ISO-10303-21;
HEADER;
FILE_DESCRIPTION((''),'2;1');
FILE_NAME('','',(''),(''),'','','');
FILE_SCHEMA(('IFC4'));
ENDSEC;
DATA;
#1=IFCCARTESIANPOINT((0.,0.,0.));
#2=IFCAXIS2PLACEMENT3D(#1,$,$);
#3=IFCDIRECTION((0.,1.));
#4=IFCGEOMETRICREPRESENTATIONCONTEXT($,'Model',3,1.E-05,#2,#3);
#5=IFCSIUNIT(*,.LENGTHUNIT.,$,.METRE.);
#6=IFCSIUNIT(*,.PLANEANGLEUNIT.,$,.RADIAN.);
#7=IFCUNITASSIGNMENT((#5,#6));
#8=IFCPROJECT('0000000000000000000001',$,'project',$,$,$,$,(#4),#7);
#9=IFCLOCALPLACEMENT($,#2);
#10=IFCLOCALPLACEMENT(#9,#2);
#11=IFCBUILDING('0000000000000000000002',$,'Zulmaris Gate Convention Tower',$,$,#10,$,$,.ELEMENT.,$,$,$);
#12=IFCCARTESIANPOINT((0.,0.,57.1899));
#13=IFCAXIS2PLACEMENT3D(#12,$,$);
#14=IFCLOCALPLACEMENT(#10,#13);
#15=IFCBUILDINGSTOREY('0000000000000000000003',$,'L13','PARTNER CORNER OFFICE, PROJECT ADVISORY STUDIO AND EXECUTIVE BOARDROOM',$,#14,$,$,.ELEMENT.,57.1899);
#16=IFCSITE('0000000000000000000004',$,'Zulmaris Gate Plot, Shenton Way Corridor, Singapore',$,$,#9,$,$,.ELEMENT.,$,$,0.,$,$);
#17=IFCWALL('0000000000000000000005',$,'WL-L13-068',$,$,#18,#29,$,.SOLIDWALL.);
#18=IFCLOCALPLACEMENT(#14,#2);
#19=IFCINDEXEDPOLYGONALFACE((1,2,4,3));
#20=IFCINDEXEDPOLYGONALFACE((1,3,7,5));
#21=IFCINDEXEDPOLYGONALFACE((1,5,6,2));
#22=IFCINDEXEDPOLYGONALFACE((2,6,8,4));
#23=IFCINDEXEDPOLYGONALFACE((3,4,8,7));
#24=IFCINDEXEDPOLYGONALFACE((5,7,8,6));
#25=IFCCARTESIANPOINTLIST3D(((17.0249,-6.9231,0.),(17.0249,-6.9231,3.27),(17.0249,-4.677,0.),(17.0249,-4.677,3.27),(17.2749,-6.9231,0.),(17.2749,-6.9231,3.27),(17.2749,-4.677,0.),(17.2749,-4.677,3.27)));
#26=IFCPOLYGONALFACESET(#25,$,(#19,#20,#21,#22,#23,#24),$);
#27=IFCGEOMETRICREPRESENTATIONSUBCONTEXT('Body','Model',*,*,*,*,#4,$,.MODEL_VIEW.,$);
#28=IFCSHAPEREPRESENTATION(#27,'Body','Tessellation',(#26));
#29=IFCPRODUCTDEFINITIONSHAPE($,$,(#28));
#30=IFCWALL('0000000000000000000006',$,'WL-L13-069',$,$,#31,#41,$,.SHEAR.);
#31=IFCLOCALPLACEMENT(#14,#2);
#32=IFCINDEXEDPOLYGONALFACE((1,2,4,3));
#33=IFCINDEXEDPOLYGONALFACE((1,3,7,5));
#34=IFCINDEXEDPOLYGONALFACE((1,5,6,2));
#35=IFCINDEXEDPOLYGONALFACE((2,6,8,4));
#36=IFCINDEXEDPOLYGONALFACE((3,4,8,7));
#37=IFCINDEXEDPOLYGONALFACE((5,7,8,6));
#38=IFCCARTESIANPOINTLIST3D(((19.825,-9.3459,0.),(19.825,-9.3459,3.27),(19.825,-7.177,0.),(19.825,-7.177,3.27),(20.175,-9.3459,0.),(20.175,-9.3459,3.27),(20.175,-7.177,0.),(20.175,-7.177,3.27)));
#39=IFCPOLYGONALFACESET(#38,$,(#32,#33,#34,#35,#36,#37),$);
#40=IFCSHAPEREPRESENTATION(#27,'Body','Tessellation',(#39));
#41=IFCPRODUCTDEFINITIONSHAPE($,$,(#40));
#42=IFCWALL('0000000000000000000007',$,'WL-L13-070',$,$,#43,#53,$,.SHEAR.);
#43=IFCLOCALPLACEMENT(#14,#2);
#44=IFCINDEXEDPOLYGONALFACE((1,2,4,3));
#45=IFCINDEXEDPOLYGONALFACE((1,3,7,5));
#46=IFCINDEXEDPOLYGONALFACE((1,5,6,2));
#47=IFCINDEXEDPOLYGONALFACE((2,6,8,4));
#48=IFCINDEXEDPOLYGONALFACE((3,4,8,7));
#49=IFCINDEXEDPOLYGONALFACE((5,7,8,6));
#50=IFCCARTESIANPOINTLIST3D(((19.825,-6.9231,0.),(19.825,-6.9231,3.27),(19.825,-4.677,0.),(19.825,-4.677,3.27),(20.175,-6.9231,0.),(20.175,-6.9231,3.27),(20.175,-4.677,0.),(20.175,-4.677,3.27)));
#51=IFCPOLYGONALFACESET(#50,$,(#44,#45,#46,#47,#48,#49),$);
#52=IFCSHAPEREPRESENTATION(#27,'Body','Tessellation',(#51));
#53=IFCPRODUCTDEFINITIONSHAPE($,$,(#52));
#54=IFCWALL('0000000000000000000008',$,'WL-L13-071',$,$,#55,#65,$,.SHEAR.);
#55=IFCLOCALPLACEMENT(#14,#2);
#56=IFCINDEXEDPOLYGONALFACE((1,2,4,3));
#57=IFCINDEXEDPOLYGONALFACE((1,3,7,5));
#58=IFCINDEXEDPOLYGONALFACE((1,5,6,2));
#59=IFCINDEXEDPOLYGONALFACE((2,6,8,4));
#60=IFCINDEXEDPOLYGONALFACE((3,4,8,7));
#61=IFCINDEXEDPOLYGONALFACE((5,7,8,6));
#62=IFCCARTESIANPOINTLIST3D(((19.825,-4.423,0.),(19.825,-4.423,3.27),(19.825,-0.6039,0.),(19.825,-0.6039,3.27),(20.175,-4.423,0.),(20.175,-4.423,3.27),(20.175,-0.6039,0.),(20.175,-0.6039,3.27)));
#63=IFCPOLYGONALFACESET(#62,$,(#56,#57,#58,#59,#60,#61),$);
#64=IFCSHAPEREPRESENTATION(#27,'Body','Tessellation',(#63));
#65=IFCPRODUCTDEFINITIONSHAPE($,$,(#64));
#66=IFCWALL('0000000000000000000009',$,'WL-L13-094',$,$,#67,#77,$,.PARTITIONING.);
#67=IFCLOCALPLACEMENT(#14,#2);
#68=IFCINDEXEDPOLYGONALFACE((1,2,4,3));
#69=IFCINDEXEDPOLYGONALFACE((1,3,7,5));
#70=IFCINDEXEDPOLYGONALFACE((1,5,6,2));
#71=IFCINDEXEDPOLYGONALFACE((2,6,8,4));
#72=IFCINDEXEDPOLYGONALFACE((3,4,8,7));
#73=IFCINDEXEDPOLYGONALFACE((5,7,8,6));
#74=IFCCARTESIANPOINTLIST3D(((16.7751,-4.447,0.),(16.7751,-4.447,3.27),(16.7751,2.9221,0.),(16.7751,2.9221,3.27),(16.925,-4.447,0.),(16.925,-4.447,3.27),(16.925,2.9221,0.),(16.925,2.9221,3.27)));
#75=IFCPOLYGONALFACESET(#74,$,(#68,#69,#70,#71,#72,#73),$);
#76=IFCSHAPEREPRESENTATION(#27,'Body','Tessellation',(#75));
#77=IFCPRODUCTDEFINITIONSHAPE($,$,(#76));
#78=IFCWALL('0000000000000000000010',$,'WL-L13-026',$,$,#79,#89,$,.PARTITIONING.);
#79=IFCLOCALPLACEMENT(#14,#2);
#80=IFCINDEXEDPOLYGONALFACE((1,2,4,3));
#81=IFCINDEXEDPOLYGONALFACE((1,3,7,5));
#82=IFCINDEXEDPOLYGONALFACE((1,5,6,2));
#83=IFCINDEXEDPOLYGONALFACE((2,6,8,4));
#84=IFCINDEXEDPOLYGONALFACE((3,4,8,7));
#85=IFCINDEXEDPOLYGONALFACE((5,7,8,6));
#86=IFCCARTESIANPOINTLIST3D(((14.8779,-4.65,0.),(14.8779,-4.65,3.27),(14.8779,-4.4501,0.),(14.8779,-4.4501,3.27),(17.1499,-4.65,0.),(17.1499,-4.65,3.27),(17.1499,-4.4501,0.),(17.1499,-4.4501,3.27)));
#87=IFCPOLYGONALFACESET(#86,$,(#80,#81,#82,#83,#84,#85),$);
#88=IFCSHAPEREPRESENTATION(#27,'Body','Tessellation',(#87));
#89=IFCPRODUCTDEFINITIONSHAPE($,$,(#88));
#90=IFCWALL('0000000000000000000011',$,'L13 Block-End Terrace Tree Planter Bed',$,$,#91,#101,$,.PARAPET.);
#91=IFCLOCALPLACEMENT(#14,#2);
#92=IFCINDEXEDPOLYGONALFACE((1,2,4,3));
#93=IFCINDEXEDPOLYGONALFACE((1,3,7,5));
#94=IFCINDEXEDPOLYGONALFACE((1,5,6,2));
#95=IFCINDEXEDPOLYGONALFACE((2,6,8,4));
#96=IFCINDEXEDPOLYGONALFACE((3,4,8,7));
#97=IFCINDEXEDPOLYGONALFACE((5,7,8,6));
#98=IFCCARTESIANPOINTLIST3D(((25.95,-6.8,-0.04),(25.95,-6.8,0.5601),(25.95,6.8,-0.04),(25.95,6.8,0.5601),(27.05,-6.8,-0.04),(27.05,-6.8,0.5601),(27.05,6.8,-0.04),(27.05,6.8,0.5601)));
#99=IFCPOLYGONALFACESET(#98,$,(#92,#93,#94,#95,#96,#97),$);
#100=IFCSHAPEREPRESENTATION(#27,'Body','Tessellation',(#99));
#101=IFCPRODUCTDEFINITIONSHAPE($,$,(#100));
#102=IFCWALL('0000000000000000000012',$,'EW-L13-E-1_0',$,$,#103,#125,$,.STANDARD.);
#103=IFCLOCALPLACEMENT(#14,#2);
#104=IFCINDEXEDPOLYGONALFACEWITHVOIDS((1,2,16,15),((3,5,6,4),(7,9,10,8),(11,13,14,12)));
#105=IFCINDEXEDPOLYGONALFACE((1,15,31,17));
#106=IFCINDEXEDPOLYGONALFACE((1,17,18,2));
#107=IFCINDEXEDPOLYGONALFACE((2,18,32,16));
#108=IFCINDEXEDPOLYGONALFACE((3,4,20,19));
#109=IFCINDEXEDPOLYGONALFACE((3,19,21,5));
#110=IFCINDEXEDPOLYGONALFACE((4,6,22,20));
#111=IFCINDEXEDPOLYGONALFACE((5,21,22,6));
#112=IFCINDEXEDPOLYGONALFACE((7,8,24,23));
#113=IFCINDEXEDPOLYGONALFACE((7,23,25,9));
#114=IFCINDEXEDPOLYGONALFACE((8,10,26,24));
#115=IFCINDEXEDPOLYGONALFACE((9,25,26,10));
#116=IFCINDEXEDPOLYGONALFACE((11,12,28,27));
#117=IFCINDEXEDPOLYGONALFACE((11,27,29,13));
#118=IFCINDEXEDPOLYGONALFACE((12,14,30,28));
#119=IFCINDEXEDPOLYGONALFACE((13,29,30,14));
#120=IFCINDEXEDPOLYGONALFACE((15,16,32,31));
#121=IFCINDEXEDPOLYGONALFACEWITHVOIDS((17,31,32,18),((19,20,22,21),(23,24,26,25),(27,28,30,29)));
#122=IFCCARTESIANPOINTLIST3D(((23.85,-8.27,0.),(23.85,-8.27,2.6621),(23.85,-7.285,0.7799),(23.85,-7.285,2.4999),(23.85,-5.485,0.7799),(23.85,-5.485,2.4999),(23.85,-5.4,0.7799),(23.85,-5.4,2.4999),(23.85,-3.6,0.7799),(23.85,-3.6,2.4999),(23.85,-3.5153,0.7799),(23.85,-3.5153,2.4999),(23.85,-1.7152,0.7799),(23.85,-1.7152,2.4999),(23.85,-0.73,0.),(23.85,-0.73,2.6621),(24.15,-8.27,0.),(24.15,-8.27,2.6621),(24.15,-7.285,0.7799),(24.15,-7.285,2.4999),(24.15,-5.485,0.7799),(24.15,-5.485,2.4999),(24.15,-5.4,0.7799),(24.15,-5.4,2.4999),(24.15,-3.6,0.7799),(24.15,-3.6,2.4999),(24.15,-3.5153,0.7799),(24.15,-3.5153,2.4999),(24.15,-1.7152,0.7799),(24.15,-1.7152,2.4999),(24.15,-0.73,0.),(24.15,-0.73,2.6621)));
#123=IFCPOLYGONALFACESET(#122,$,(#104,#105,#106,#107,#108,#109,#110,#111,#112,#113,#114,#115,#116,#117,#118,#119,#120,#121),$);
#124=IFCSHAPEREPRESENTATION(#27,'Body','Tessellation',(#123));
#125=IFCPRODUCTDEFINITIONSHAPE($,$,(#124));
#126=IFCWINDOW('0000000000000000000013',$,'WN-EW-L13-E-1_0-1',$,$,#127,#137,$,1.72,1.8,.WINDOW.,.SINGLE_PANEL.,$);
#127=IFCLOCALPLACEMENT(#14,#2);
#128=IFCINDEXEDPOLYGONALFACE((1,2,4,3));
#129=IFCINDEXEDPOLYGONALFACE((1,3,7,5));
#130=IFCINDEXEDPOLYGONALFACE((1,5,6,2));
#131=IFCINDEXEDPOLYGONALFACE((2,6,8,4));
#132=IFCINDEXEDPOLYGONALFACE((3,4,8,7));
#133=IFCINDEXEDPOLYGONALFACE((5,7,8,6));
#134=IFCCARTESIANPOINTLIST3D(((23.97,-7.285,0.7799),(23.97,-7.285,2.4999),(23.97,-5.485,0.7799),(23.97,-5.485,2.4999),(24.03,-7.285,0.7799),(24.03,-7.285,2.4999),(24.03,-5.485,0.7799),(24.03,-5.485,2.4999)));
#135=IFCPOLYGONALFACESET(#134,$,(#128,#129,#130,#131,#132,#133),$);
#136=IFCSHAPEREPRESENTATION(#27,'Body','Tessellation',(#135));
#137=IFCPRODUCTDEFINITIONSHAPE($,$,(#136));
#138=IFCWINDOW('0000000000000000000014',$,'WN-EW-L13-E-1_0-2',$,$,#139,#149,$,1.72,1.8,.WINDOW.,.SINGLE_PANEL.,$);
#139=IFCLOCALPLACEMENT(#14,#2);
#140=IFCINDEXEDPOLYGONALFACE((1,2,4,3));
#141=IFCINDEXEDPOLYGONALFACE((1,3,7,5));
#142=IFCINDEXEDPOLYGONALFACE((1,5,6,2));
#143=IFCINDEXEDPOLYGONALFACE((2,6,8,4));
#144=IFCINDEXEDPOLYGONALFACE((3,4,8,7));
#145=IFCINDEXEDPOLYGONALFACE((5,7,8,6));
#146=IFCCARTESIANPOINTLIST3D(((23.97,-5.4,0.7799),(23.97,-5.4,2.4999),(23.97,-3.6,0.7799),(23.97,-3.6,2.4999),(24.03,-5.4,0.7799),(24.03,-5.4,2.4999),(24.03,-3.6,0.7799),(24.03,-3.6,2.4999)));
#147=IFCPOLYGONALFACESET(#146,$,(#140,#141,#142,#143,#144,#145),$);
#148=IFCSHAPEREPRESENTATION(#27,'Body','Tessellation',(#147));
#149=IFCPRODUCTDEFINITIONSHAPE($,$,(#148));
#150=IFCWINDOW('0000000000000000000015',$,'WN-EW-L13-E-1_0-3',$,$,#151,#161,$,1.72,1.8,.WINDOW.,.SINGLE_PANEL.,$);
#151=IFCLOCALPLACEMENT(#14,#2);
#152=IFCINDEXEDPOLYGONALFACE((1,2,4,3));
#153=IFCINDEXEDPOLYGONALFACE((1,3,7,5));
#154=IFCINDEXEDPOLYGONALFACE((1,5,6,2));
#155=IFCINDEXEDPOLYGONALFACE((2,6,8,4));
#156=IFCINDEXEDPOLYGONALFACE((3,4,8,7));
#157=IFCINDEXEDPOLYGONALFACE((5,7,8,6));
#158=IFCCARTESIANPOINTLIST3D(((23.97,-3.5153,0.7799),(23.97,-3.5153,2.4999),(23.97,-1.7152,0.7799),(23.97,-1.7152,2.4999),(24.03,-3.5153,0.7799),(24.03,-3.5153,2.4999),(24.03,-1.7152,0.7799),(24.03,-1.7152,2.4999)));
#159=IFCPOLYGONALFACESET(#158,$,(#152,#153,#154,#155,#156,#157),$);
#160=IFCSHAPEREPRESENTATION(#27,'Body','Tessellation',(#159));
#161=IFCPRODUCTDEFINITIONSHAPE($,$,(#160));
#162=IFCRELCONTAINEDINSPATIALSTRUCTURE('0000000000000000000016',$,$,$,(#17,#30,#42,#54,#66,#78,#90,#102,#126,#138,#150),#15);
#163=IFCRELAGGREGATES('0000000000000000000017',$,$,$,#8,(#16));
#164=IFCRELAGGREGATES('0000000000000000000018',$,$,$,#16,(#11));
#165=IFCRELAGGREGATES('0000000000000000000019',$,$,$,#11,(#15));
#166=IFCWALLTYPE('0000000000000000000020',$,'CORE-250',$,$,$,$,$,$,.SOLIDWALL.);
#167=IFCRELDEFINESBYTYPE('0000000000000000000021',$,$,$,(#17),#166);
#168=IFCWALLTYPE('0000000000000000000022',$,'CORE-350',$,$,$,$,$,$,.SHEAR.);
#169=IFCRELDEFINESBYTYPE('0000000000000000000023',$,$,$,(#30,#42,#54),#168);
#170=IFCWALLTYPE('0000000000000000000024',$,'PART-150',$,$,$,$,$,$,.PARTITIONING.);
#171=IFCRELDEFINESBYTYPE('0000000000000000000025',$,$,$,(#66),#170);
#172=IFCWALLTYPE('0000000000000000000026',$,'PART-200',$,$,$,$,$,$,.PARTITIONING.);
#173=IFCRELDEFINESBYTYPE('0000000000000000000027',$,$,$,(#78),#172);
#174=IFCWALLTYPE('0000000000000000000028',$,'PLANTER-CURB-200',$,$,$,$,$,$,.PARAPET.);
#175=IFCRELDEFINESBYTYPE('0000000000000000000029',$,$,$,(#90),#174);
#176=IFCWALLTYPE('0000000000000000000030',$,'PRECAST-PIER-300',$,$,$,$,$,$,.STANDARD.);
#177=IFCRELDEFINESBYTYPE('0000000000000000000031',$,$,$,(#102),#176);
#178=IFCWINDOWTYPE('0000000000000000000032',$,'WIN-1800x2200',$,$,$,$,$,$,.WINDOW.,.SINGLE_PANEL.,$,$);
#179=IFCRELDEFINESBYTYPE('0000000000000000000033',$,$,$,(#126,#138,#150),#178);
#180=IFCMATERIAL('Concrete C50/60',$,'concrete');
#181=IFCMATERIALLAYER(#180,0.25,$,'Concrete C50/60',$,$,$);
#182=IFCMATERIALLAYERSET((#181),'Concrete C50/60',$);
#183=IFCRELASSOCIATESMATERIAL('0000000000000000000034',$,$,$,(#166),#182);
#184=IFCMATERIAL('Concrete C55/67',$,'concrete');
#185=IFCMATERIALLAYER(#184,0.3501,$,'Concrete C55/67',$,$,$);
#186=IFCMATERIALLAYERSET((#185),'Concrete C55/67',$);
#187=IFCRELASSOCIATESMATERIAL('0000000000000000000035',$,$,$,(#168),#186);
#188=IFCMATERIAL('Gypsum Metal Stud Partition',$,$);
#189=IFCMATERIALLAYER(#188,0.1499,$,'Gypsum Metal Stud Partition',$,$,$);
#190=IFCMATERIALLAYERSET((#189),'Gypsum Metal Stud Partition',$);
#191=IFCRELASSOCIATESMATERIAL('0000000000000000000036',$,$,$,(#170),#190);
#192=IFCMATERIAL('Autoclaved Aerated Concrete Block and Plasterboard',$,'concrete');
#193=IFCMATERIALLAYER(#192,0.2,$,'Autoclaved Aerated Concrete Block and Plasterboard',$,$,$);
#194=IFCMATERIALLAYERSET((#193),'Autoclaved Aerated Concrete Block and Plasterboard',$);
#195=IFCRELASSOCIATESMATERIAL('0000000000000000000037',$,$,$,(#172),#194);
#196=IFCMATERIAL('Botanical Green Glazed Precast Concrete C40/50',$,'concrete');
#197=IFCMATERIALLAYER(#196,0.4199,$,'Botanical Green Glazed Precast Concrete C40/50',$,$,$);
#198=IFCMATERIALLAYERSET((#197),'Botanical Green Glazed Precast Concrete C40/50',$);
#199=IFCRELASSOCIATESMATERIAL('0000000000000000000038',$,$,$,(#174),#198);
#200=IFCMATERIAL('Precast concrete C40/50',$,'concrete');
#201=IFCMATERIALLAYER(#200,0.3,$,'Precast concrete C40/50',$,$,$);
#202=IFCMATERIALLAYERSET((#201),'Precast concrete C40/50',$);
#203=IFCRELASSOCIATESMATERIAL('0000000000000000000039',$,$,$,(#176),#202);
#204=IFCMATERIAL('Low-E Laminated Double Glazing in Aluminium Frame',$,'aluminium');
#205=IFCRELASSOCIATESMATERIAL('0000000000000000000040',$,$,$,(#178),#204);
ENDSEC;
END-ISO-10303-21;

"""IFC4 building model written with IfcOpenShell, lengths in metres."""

from ifc_helpers import new_model, si_unit, direction, frame, frame_2d, origin, place, context, subcontext, project, spatial, rectangle, extrude, material, layer, layer_set, type_object, element, fill, save


model = new_model("IFC4")

# Units and contexts
model_context = context("Model", 3, precision=1e-05, world=origin(), true_north=direction((0.0, 1.0)))
body_context = subcontext(model_context, "Body", "Model", "MODEL_VIEW")
ifc_project = project(units=[si_unit("LENGTHUNIT", "METRE"), si_unit("PLANEANGLEUNIT", "RADIAN")], contexts=[model_context])

# Site, building, storey
site_placement = place(None, origin())
site = spatial("IfcSite", under=ifc_project, at=site_placement, Name="Zulmaris Gate Plot, Shenton Way Corridor, Singapore", CompositionType="ELEMENT", RefElevation=0.0)
building_placement = place(site_placement, origin())
building = spatial("IfcBuilding", under=site, at=building_placement, Name="Zulmaris Gate Convention Tower", CompositionType="ELEMENT")
storey_placement = place(building_placement, frame((0.0, 0.0, 57.1899)))
storey = spatial("IfcBuildingStorey", under=building, at=storey_placement, Name="L13", Description="PARTNER CORNER OFFICE, PROJECT ADVISORY STUDIO AND EXECUTIVE BOARDROOM", CompositionType="ELEMENT", Elevation=57.1899)

# Walls
ifc_material_1 = material(Name="Concrete C50/60", Category="concrete")
ifc_layer_1 = layer(ifc_material_1, 0.25, Name="Concrete C50/60")
ifc_layer_set_1 = layer_set([ifc_layer_1], Name="Concrete C50/60")
wall_type_1 = type_object("IfcWallType", Name="CORE-250", PredefinedType="SOLIDWALL", material=ifc_layer_set_1)
wall_1_placement = place(storey_placement, frame((17.1499, -6.9231, 0.0), z_axis=(0.0, 0.0, 1.0), x_axis=(0.0, 1.0, 0.0)))
element("IfcWall", 1, at=wall_1_placement, inside=storey, type_object=wall_type_1, Name="WL-L13-068", PredefinedType="SOLIDWALL", context=body_context, shape_type="SweptSolid", body=[
    extrude(rectangle(XDim=2.2461, YDim=0.25, at=frame_2d((1.123, 0.0))), origin(), (0.0, 0.0, 1.0), 3.27),
])
ifc_material_2 = material(Name="Concrete C55/67", Category="concrete")
ifc_layer_2 = layer(ifc_material_2, 0.3501, Name="Concrete C55/67")
ifc_layer_set_2 = layer_set([ifc_layer_2], Name="Concrete C55/67")
wall_type_2 = type_object("IfcWallType", Name="CORE-350", PredefinedType="SHEAR", material=ifc_layer_set_2)
wall_2_placement = place(storey_placement, frame((20.0, -9.3459, 0.0), z_axis=(0.0, 0.0, 1.0), x_axis=(0.0, 1.0, 0.0)))
element("IfcWall", 2, at=wall_2_placement, inside=storey, type_object=wall_type_2, Name="WL-L13-069", PredefinedType="SHEAR", context=body_context, shape_type="SweptSolid", body=[
    extrude(rectangle(XDim=2.1689, YDim=0.3501, at=frame_2d((1.0845, 0.0))), origin(), (0.0, 0.0, 1.0), 3.27),
])
wall_3_placement = place(storey_placement, frame((20.0, -6.9231, 0.0), z_axis=(0.0, 0.0, 1.0), x_axis=(0.0, 1.0, 0.0)))
element("IfcWall", 3, at=wall_3_placement, inside=storey, type_object=wall_type_2, Name="WL-L13-070", PredefinedType="SHEAR", context=body_context, shape_type="SweptSolid", body=[
    extrude(rectangle(XDim=2.2461, YDim=0.3501, at=frame_2d((1.123, 0.0))), origin(), (0.0, 0.0, 1.0), 3.27),
])
wall_4_placement = place(storey_placement, frame((20.0, -4.4231, 0.0), z_axis=(0.0, 0.0, 1.0), x_axis=(0.0, 1.0, 0.0)))
element("IfcWall", 4, at=wall_4_placement, inside=storey, type_object=wall_type_2, Name="WL-L13-071", PredefinedType="SHEAR", context=body_context, shape_type="SweptSolid", body=[
    extrude(rectangle(XDim=3.8191, YDim=0.3501, at=frame_2d((1.9097, 0.0))), origin(), (0.0, 0.0, 1.0), 3.27),
])

# Shared definitions
ifc_material_3 = material(Name="Gypsum Metal Stud Partition")
ifc_layer_3 = layer(ifc_material_3, 0.1499, Name="Gypsum Metal Stud Partition")
ifc_layer_set_3 = layer_set([ifc_layer_3], Name="Gypsum Metal Stud Partition")
wall_type_3 = type_object("IfcWallType", Name="PART-150", PredefinedType="PARTITIONING", material=ifc_layer_set_3)

# Walls
wall_5_placement = place(storey_placement, frame((16.8501, -4.447, 0.0), z_axis=(0.0, 0.0, 1.0), x_axis=(0.0, 1.0, 0.0)))
element("IfcWall", 5, at=wall_5_placement, inside=storey, type_object=wall_type_3, Name="WL-L13-094", PredefinedType="PARTITIONING", context=body_context, shape_type="SweptSolid", body=[
    extrude(rectangle(XDim=7.3691, YDim=0.1499, at=frame_2d((3.6846, 0.0))), origin(), (0.0, 0.0, 1.0), 3.27),
])
ifc_material_4 = material(Name="Autoclaved Aerated Concrete Block and Plasterboard", Category="concrete")
ifc_layer_4 = layer(ifc_material_4, 0.2, Name="Autoclaved Aerated Concrete Block and Plasterboard")
ifc_layer_set_4 = layer_set([ifc_layer_4], Name="Autoclaved Aerated Concrete Block and Plasterboard")
wall_type_4 = type_object("IfcWallType", Name="PART-200", PredefinedType="PARTITIONING", material=ifc_layer_set_4)
wall_6_placement = place(storey_placement, frame((14.8779, -4.55, 0.0), z_axis=(0.0, 0.0, 1.0), x_axis=(1.0, 0.0, 0.0)))
element("IfcWall", 6, at=wall_6_placement, inside=storey, type_object=wall_type_4, Name="WL-L13-026", PredefinedType="PARTITIONING", context=body_context, shape_type="SweptSolid", body=[
    extrude(rectangle(XDim=2.272, YDim=0.2, at=frame_2d((1.136, 0.0))), origin(), (0.0, 0.0, 1.0), 3.27),
])
ifc_material_5 = material(Name="Botanical Green Glazed Precast Concrete C40/50", Category="concrete")
ifc_layer_5 = layer(ifc_material_5, 0.4199, Name="Botanical Green Glazed Precast Concrete C40/50")
ifc_layer_set_5 = layer_set([ifc_layer_5], Name="Botanical Green Glazed Precast Concrete C40/50")
wall_type_5 = type_object("IfcWallType", Name="PLANTER-CURB-200", PredefinedType="PARAPET", material=ifc_layer_set_5)
wall_7_placement = place(storey_placement, frame((26.5, -6.8, -0.04), z_axis=(0.0, 0.0, 1.0), x_axis=(0.0, 1.0, 0.0)))
element("IfcWall", 7, at=wall_7_placement, inside=storey, type_object=wall_type_5, Name="L13 Block-End Terrace Tree Planter Bed", PredefinedType="PARAPET", context=body_context, shape_type="SweptSolid", body=[
    extrude(rectangle(XDim=13.6001, YDim=1.1001, at=frame_2d((6.8, 0.0))), origin(), (0.0, 0.0, 1.0), 0.6001),
])

# Wall, openings, windows
ifc_material_6 = material(Name="Precast concrete C40/50", Category="concrete")
ifc_layer_6 = layer(ifc_material_6, 0.3, Name="Precast concrete C40/50")
ifc_layer_set_6 = layer_set([ifc_layer_6], Name="Precast concrete C40/50")
wall_type_6 = type_object("IfcWallType", Name="PRECAST-PIER-300", PredefinedType="STANDARD", material=ifc_layer_set_6)
wall_8_placement = place(storey_placement, frame((24.0, -8.27, 0.0), z_axis=(0.0, 0.0, 1.0), x_axis=(0.0, 1.0, 0.0)))
wall_8 = element("IfcWall", 8, at=wall_8_placement, inside=storey, type_object=wall_type_6, Name="EW-L13-E-1_0", PredefinedType="STANDARD", context=body_context, shape_type="SweptSolid", body=[
    extrude(rectangle(XDim=7.54, YDim=0.3, at=frame_2d((3.77, 0.0))), origin(), (0.0, 0.0, 1.0), 2.6621),
])
opening_1_placement = place(wall_8_placement, frame((0.9851, 0.0, 0.78)))
opening_1 = element("IfcOpeningElement", 9, at=opening_1_placement, cuts=wall_8, PredefinedType="OPENING", context=body_context, shape_type="SweptSolid", body=[
    extrude(rectangle(XDim=1.8, YDim=1.72, at=frame_2d((0.8999, 0.8599))), frame((0.0, 0.1602, 0.0), z_axis=(0.0, -1.0, 0.0), x_axis=(1.0, 0.0, 0.0)), (0.0, 0.0, 1.0), 0.3201),
])
opening_2_placement = place(wall_8_placement, frame((2.8701, 0.0, 0.78)))
opening_2 = element("IfcOpeningElement", 10, at=opening_2_placement, cuts=wall_8, PredefinedType="OPENING", context=body_context, shape_type="SweptSolid", body=[
    extrude(rectangle(XDim=1.8, YDim=1.72, at=frame_2d((0.8999, 0.8599))), frame((0.0, 0.1602, 0.0), z_axis=(0.0, -1.0, 0.0), x_axis=(1.0, 0.0, 0.0)), (0.0, 0.0, 1.0), 0.3201),
])
opening_3_placement = place(wall_8_placement, frame((4.7549, 0.0, 0.78)))
opening_3 = element("IfcOpeningElement", 11, at=opening_3_placement, cuts=wall_8, PredefinedType="OPENING", context=body_context, shape_type="SweptSolid", body=[
    extrude(rectangle(XDim=1.8, YDim=1.72, at=frame_2d((0.8999, 0.8599))), frame((0.0, 0.1602, 0.0), z_axis=(0.0, -1.0, 0.0), x_axis=(1.0, 0.0, 0.0)), (0.0, 0.0, 1.0), 0.3201),
])
ifc_material_7 = material(Name="Low-E Laminated Double Glazing in Aluminium Frame", Category="aluminium")
window_type = type_object("IfcWindowType", Name="WIN-1800x2200", PartitioningType="SINGLE_PANEL", PredefinedType="WINDOW", material=ifc_material_7)
window_1_placement = place(opening_1_placement, origin())
window_1 = element("IfcWindow", 12, at=window_1_placement, inside=storey, type_object=window_type, Name="WN-EW-L13-E-1_0-1", OverallHeight=1.72, OverallWidth=1.8, PartitioningType="SINGLE_PANEL", PredefinedType="WINDOW", context=body_context, shape_type="SweptSolid", body=[
    extrude(rectangle(XDim=1.8, YDim=1.72, at=frame_2d((0.8999, 0.8599))), frame((0.0, 0.03, 0.0), z_axis=(0.0, -1.0, 0.0), x_axis=(1.0, 0.0, 0.0)), (0.0, 0.0, 1.0), 0.0601),
])
fill(opening_1, window_1)
window_2_placement = place(opening_2_placement, origin())
window_2 = element("IfcWindow", 13, at=window_2_placement, inside=storey, type_object=window_type, Name="WN-EW-L13-E-1_0-2", OverallHeight=1.72, OverallWidth=1.8, PartitioningType="SINGLE_PANEL", PredefinedType="WINDOW", context=body_context, shape_type="SweptSolid", body=[
    extrude(rectangle(XDim=1.8, YDim=1.72, at=frame_2d((0.8999, 0.8599))), frame((0.0, 0.03, 0.0), z_axis=(0.0, -1.0, 0.0), x_axis=(1.0, 0.0, 0.0)), (0.0, 0.0, 1.0), 0.0601),
])
fill(opening_2, window_2)
window_3_placement = place(opening_3_placement, origin())
window_3 = element("IfcWindow", 14, at=window_3_placement, inside=storey, type_object=window_type, Name="WN-EW-L13-E-1_0-3", OverallHeight=1.72, OverallWidth=1.8, PartitioningType="SINGLE_PANEL", PredefinedType="WINDOW", context=body_context, shape_type="SweptSolid", body=[
    extrude(rectangle(XDim=1.8, YDim=1.72, at=frame_2d((0.8999, 0.8599))), frame((0.0, 0.03, 0.0), z_axis=(0.0, -1.0, 0.0), x_axis=(1.0, 0.0, 0.0)), (0.0, 0.0, 1.0), 0.0601),
])
fill(opening_3, window_3)

save(model, "model.ifc")
